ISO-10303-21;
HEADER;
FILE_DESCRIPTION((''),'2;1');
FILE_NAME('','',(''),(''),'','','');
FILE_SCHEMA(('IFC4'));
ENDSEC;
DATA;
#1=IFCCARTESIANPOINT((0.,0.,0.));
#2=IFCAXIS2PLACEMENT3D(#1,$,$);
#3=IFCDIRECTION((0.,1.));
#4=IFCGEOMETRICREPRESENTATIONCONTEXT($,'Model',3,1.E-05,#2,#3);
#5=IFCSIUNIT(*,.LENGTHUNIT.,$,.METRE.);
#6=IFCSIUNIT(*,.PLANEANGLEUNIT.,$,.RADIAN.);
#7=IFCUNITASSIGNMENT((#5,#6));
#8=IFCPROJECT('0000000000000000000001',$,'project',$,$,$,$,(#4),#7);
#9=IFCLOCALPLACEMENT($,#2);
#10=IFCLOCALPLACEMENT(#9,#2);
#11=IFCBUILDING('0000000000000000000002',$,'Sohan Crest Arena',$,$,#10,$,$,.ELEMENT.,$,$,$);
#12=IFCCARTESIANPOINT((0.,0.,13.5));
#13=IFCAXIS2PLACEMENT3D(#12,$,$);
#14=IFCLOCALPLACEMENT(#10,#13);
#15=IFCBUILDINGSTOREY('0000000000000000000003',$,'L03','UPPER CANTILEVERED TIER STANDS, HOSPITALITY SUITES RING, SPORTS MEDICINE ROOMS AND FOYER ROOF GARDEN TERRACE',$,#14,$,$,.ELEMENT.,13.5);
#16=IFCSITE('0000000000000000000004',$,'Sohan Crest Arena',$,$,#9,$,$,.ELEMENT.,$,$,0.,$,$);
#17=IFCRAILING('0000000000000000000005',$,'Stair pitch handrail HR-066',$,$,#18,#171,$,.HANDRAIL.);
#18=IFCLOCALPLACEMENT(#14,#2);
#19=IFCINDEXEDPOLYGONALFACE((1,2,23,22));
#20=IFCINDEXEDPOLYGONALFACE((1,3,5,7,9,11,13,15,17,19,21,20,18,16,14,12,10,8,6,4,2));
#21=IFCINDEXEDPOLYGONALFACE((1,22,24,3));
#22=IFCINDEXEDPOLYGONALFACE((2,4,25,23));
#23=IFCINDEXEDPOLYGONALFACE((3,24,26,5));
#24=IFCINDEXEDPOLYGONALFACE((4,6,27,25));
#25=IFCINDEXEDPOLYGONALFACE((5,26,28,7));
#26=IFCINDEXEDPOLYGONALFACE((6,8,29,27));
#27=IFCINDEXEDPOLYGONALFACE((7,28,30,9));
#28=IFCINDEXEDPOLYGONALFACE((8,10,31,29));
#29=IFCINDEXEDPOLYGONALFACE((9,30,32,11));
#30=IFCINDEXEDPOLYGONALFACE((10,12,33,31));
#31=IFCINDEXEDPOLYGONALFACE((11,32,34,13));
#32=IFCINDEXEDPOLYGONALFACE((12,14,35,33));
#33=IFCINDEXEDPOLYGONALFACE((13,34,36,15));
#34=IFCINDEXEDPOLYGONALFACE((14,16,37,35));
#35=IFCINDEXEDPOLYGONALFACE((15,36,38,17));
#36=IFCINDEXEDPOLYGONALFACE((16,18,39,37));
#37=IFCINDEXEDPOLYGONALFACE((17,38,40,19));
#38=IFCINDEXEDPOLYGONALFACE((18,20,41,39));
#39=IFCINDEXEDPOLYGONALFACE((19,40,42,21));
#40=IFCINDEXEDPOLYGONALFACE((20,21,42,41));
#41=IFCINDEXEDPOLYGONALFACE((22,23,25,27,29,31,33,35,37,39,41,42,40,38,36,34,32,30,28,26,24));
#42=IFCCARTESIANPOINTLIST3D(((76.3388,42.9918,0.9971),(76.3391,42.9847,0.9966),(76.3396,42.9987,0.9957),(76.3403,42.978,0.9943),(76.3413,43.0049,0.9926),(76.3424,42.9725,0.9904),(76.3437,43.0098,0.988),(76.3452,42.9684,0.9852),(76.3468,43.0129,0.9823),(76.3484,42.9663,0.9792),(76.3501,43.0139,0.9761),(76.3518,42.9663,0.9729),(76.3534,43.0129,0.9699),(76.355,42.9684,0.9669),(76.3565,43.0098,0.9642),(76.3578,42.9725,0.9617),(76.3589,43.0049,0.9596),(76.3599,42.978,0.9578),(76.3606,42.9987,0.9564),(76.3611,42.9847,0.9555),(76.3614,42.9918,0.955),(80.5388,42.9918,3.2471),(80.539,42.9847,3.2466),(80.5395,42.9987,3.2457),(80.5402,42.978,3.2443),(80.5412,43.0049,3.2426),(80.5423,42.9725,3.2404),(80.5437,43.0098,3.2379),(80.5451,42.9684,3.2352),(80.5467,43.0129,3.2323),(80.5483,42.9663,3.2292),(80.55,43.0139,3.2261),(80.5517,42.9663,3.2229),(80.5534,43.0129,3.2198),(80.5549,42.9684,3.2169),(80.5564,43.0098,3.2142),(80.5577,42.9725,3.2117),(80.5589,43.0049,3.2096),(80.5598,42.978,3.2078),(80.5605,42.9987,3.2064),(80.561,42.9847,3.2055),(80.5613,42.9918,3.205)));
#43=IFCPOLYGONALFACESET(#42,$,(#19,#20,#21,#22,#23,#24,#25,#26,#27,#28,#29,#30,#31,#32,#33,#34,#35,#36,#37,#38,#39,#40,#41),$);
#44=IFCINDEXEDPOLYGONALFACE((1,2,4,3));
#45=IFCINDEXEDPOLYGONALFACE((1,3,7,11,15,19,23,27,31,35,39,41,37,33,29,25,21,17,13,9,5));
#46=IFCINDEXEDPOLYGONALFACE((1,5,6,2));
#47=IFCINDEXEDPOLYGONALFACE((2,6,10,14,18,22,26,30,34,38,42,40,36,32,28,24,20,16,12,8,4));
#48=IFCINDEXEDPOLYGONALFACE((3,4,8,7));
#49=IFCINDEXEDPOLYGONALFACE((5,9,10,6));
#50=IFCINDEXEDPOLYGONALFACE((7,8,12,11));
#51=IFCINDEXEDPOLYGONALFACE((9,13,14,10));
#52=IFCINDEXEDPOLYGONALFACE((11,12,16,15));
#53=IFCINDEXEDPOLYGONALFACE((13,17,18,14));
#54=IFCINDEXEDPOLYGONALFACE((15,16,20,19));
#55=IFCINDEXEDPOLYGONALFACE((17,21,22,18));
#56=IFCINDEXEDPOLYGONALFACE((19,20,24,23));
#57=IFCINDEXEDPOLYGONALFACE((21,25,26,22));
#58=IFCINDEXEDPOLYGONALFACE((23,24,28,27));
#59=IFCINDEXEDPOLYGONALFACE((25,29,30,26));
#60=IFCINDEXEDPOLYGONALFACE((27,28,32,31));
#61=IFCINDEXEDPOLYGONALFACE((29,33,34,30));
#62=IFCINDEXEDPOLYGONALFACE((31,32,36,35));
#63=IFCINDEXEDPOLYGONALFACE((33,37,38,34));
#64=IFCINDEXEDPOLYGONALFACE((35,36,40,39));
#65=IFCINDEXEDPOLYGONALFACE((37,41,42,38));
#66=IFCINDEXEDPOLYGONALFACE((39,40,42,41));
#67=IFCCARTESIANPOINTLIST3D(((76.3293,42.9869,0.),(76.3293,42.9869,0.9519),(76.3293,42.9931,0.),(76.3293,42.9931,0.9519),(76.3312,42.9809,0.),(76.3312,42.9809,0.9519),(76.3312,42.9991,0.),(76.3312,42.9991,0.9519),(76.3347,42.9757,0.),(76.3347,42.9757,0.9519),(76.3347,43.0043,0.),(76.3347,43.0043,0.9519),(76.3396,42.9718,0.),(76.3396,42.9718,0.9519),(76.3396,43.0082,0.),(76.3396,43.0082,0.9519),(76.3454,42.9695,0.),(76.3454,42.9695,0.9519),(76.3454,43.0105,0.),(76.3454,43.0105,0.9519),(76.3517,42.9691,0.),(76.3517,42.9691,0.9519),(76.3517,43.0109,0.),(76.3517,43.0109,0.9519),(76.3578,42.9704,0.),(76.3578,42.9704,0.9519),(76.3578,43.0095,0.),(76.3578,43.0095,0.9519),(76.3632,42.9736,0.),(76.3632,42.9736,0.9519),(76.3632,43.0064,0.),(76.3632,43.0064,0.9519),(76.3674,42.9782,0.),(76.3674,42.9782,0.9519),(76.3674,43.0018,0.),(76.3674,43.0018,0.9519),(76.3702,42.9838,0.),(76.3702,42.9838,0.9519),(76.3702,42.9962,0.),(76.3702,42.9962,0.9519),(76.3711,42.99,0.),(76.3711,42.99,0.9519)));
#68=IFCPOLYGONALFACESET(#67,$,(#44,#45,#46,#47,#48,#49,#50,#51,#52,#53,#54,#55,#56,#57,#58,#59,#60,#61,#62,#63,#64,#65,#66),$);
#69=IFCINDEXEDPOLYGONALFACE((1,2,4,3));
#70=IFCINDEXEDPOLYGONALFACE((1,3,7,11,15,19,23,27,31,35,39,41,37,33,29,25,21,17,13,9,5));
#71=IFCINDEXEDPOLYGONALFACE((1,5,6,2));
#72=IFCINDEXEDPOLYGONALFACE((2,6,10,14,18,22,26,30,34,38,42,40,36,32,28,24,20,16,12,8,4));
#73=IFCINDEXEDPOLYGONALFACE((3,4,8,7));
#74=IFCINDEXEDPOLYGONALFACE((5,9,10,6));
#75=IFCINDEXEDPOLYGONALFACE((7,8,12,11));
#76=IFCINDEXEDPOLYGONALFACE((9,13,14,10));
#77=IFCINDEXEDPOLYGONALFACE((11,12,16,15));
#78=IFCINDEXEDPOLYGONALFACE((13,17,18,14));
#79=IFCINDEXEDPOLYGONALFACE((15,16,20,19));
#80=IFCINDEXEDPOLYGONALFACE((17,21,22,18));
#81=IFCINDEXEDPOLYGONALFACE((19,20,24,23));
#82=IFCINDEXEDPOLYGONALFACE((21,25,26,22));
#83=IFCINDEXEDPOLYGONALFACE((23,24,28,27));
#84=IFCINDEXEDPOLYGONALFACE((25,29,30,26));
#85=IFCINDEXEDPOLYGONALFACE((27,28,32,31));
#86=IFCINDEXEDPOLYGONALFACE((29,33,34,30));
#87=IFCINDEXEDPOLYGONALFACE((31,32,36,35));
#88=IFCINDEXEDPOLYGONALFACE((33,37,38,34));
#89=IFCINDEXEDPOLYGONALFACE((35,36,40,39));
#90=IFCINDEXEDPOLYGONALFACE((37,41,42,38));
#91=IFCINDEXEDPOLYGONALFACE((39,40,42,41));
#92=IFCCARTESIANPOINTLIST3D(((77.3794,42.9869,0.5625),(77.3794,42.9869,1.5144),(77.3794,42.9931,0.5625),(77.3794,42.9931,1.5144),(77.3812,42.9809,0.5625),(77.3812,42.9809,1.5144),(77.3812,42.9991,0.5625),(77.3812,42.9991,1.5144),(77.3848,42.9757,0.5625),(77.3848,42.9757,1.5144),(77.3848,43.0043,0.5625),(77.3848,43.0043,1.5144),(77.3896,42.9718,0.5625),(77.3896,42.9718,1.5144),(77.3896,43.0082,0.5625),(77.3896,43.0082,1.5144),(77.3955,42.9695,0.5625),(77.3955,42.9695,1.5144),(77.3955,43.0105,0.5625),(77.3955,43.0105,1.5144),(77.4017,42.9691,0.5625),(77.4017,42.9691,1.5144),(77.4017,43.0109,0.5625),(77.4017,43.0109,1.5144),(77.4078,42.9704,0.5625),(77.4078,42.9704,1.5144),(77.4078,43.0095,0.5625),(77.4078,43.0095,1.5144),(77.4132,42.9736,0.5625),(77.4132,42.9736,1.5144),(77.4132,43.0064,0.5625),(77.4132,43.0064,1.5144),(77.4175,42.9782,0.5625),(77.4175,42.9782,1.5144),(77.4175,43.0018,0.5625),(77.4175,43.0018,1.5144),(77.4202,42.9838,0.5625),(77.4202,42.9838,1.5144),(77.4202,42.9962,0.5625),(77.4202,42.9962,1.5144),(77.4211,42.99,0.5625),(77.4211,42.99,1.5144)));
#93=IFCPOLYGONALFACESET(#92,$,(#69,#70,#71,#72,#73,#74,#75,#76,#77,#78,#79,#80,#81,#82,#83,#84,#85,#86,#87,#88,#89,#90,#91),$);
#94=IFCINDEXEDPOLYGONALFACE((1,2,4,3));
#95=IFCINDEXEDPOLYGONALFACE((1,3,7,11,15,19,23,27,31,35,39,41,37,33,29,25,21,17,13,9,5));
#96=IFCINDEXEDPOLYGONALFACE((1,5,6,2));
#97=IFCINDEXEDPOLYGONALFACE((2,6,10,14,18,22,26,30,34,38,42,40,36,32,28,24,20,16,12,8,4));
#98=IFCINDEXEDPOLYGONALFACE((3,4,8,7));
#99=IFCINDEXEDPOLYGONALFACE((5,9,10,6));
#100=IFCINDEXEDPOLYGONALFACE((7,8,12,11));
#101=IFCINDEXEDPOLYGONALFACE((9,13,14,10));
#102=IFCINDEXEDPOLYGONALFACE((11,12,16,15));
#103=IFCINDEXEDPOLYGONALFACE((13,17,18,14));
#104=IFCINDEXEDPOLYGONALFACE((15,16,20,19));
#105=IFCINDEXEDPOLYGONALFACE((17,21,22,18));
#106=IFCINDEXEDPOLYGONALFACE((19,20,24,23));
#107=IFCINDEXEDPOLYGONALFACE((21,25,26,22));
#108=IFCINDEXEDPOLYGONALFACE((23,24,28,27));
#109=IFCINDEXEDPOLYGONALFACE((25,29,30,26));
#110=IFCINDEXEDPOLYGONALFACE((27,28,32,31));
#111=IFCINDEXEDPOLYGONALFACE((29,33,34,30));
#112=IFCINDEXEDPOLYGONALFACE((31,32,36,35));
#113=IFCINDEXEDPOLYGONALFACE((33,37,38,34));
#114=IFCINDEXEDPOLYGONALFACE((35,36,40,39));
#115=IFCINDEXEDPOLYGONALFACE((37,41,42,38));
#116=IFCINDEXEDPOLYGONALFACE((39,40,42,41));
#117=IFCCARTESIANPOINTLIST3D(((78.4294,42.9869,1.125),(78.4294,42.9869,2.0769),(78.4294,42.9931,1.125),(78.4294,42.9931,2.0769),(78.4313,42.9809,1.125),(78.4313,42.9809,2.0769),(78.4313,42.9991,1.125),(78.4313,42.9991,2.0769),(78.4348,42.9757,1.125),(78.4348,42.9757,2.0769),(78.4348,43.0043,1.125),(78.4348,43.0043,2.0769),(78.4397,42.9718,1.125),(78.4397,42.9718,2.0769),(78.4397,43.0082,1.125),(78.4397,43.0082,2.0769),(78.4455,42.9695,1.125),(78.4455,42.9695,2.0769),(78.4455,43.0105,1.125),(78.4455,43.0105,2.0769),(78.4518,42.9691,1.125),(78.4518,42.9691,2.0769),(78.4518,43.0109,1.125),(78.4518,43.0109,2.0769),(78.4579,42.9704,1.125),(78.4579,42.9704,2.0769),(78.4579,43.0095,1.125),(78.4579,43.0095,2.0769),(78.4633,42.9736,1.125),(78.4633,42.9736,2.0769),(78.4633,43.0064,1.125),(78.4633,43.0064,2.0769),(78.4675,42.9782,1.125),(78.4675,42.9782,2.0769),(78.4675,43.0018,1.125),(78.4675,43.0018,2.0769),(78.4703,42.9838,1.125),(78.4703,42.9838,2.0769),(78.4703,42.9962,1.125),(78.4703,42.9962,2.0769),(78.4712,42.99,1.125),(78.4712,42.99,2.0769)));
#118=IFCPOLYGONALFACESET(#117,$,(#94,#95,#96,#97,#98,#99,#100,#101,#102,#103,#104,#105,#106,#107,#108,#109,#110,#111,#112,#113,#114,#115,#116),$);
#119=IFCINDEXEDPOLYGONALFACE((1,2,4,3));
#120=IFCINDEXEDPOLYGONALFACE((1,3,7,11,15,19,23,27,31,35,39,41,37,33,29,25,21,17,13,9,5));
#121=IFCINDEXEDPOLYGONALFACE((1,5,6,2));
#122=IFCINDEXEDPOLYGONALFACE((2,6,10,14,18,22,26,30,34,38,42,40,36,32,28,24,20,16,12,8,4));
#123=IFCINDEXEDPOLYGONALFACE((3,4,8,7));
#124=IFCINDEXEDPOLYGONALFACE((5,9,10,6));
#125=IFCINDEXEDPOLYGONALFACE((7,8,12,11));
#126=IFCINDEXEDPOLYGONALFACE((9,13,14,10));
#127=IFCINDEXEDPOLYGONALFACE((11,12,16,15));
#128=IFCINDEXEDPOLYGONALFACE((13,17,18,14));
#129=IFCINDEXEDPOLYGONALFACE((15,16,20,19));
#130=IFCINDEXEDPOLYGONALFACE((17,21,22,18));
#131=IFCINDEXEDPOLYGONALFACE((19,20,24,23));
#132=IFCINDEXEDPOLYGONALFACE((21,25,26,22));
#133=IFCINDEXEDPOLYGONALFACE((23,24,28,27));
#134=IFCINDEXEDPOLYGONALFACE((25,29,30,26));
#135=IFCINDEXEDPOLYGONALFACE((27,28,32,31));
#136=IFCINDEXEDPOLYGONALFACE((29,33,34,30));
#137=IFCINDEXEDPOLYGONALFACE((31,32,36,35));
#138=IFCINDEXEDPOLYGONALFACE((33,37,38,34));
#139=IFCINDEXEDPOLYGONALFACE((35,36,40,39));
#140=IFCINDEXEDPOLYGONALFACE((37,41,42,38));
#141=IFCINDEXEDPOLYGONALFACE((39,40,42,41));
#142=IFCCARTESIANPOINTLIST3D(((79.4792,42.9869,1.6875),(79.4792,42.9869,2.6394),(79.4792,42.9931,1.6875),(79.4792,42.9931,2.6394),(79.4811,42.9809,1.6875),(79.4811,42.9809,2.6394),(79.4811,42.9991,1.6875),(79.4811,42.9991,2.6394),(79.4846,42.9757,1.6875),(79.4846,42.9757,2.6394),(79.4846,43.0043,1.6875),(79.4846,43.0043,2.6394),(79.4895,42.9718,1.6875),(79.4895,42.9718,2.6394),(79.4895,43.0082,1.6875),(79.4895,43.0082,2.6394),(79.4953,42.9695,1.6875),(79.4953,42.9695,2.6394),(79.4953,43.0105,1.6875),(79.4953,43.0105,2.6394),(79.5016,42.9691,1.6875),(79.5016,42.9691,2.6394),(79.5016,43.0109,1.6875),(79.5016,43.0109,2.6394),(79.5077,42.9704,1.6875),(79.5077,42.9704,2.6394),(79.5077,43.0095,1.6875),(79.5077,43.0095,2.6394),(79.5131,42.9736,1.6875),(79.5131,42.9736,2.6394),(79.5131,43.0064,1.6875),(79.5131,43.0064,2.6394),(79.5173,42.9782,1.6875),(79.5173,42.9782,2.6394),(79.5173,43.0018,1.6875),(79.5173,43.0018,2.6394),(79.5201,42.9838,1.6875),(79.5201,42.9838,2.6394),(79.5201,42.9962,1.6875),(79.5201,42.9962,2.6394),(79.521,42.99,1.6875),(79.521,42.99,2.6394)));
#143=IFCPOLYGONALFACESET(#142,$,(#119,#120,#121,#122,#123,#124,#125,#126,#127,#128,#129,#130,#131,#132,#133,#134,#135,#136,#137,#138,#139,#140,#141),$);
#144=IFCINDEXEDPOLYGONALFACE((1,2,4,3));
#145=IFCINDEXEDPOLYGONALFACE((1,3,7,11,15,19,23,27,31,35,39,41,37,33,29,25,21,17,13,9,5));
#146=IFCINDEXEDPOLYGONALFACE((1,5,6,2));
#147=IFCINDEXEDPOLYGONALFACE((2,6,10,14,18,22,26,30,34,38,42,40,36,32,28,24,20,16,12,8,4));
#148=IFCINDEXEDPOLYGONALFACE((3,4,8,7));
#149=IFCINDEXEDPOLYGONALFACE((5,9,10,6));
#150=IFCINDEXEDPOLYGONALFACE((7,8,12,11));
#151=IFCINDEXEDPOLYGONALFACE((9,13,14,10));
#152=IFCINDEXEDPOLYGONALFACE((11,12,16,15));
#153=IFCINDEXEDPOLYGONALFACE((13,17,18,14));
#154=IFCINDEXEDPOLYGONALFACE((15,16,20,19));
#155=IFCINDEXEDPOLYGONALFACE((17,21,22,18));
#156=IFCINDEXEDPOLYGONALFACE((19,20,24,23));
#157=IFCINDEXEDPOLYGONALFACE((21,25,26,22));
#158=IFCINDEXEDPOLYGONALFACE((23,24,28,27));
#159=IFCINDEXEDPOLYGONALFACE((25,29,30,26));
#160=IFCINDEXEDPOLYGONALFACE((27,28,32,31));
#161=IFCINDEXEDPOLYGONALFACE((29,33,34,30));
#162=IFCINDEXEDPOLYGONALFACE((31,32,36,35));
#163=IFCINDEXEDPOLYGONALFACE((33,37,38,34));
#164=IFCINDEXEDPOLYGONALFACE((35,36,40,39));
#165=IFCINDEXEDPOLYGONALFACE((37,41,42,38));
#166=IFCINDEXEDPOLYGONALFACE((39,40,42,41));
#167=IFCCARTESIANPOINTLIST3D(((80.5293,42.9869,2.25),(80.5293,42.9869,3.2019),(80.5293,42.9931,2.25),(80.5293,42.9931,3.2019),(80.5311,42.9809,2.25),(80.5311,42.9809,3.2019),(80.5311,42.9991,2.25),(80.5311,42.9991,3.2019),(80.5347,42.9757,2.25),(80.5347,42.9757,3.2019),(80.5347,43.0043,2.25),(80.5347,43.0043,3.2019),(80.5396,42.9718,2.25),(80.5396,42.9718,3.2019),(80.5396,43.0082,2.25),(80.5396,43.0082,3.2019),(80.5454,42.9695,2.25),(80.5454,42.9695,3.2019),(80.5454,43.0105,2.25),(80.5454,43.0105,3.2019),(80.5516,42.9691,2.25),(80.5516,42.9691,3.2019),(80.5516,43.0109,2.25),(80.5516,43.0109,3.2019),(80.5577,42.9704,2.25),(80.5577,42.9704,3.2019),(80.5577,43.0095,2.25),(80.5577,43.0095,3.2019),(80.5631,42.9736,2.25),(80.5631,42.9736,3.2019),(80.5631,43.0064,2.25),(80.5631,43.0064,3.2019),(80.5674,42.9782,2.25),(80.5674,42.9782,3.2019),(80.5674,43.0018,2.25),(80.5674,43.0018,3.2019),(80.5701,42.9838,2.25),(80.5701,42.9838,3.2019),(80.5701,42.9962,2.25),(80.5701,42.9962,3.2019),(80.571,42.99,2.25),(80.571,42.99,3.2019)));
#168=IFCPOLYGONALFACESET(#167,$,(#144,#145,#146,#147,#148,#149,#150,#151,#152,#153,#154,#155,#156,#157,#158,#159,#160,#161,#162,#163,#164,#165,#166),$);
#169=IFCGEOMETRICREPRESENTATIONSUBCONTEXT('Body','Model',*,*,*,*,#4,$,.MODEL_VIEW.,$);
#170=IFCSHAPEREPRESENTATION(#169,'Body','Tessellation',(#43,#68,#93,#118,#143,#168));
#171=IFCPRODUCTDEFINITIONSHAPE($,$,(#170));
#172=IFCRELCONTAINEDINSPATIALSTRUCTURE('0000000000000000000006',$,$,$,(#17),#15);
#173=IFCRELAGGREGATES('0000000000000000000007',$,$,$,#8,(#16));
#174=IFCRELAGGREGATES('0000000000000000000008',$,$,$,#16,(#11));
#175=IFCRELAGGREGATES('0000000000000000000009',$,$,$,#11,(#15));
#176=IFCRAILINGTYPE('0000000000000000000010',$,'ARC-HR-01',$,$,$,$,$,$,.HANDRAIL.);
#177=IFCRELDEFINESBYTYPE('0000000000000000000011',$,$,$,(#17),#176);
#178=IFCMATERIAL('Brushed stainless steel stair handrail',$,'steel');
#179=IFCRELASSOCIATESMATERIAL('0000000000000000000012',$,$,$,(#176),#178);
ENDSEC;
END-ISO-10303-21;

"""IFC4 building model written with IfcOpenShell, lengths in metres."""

from ifc_helpers import new_model, si_unit, direction, frame, origin, origin_2d, place, context, subcontext, project, spatial, circle, extrude, material, type_object, element, save


model = new_model("IFC4")

# Units and contexts
model_context = context("Model", 3, precision=1e-05, world=origin(), true_north=direction((0.0, 1.0)))
body_context = subcontext(model_context, "Body", "Model", "MODEL_VIEW")
ifc_project = project(units=[si_unit("LENGTHUNIT", "METRE"), si_unit("PLANEANGLEUNIT", "RADIAN")], contexts=[model_context])

# Site, building, storey
site_placement = place(None, origin())
site = spatial("IfcSite", under=ifc_project, at=site_placement, Name="Sohan Crest Arena", CompositionType="ELEMENT", RefElevation=0.0)
building_placement = place(site_placement, origin())
building = spatial("IfcBuilding", under=site, at=building_placement, Name="Sohan Crest Arena", CompositionType="ELEMENT")
storey_placement = place(building_placement, frame((0.0, 0.0, 13.5)))
storey = spatial("IfcBuildingStorey", under=building, at=storey_placement, Name="L03", Description="UPPER CANTILEVERED TIER STANDS, HOSPITALITY SUITES RING, SPORTS MEDICINE ROOMS AND FOYER ROOF GARDEN TERRACE", CompositionType="ELEMENT", Elevation=13.5)

# Railing
ifc_material_1 = material(Name="Brushed stainless steel stair handrail", Category="steel")
railing_type_1 = type_object("IfcRailingType", Name="ARC-HR-01", PredefinedType="HANDRAIL", material=ifc_material_1)
for number, where, name in (
    (1, (76.3501, 42.99, 0.0), "Stair pitch handrail HR-066"),
):
    element("IfcRailing", number, at=place(storey_placement, frame(where)), inside=storey, type_object=railing_type_1, Name=name, PredefinedType="HANDRAIL", context=body_context, shape_type="SweptSolid", body=[
        extrude(circle(Radius=0.0239, at=origin_2d()), frame((0.0, 0.0, 0.9761), z_axis=(0.881478, 0.0, 0.472226), x_axis=(0.0, 1.0, 0.0)), (0.0, 0.0, 1.0), 4.7646),
        extrude(circle(Radius=0.021, at=origin_2d()), origin(), (0.0, 0.0, 1.0), 0.9519),
        extrude(circle(Radius=0.021, at=origin_2d()), frame((1.05, 0.0, 0.5625)), (0.0, 0.0, 1.0), 0.9519),
        extrude(circle(Radius=0.021, at=origin_2d()), frame((2.1001, 0.0, 1.125)), (0.0, 0.0, 1.0), 0.9519),
        extrude(circle(Radius=0.021, at=origin_2d()), frame((3.1499, 0.0, 1.6875)), (0.0, 0.0, 1.0), 0.9519),
        extrude(circle(Radius=0.021, at=origin_2d()), frame((4.2, 0.0, 2.25)), (0.0, 0.0, 1.0), 0.9519),
    ])

save(model, "model.ifc")
